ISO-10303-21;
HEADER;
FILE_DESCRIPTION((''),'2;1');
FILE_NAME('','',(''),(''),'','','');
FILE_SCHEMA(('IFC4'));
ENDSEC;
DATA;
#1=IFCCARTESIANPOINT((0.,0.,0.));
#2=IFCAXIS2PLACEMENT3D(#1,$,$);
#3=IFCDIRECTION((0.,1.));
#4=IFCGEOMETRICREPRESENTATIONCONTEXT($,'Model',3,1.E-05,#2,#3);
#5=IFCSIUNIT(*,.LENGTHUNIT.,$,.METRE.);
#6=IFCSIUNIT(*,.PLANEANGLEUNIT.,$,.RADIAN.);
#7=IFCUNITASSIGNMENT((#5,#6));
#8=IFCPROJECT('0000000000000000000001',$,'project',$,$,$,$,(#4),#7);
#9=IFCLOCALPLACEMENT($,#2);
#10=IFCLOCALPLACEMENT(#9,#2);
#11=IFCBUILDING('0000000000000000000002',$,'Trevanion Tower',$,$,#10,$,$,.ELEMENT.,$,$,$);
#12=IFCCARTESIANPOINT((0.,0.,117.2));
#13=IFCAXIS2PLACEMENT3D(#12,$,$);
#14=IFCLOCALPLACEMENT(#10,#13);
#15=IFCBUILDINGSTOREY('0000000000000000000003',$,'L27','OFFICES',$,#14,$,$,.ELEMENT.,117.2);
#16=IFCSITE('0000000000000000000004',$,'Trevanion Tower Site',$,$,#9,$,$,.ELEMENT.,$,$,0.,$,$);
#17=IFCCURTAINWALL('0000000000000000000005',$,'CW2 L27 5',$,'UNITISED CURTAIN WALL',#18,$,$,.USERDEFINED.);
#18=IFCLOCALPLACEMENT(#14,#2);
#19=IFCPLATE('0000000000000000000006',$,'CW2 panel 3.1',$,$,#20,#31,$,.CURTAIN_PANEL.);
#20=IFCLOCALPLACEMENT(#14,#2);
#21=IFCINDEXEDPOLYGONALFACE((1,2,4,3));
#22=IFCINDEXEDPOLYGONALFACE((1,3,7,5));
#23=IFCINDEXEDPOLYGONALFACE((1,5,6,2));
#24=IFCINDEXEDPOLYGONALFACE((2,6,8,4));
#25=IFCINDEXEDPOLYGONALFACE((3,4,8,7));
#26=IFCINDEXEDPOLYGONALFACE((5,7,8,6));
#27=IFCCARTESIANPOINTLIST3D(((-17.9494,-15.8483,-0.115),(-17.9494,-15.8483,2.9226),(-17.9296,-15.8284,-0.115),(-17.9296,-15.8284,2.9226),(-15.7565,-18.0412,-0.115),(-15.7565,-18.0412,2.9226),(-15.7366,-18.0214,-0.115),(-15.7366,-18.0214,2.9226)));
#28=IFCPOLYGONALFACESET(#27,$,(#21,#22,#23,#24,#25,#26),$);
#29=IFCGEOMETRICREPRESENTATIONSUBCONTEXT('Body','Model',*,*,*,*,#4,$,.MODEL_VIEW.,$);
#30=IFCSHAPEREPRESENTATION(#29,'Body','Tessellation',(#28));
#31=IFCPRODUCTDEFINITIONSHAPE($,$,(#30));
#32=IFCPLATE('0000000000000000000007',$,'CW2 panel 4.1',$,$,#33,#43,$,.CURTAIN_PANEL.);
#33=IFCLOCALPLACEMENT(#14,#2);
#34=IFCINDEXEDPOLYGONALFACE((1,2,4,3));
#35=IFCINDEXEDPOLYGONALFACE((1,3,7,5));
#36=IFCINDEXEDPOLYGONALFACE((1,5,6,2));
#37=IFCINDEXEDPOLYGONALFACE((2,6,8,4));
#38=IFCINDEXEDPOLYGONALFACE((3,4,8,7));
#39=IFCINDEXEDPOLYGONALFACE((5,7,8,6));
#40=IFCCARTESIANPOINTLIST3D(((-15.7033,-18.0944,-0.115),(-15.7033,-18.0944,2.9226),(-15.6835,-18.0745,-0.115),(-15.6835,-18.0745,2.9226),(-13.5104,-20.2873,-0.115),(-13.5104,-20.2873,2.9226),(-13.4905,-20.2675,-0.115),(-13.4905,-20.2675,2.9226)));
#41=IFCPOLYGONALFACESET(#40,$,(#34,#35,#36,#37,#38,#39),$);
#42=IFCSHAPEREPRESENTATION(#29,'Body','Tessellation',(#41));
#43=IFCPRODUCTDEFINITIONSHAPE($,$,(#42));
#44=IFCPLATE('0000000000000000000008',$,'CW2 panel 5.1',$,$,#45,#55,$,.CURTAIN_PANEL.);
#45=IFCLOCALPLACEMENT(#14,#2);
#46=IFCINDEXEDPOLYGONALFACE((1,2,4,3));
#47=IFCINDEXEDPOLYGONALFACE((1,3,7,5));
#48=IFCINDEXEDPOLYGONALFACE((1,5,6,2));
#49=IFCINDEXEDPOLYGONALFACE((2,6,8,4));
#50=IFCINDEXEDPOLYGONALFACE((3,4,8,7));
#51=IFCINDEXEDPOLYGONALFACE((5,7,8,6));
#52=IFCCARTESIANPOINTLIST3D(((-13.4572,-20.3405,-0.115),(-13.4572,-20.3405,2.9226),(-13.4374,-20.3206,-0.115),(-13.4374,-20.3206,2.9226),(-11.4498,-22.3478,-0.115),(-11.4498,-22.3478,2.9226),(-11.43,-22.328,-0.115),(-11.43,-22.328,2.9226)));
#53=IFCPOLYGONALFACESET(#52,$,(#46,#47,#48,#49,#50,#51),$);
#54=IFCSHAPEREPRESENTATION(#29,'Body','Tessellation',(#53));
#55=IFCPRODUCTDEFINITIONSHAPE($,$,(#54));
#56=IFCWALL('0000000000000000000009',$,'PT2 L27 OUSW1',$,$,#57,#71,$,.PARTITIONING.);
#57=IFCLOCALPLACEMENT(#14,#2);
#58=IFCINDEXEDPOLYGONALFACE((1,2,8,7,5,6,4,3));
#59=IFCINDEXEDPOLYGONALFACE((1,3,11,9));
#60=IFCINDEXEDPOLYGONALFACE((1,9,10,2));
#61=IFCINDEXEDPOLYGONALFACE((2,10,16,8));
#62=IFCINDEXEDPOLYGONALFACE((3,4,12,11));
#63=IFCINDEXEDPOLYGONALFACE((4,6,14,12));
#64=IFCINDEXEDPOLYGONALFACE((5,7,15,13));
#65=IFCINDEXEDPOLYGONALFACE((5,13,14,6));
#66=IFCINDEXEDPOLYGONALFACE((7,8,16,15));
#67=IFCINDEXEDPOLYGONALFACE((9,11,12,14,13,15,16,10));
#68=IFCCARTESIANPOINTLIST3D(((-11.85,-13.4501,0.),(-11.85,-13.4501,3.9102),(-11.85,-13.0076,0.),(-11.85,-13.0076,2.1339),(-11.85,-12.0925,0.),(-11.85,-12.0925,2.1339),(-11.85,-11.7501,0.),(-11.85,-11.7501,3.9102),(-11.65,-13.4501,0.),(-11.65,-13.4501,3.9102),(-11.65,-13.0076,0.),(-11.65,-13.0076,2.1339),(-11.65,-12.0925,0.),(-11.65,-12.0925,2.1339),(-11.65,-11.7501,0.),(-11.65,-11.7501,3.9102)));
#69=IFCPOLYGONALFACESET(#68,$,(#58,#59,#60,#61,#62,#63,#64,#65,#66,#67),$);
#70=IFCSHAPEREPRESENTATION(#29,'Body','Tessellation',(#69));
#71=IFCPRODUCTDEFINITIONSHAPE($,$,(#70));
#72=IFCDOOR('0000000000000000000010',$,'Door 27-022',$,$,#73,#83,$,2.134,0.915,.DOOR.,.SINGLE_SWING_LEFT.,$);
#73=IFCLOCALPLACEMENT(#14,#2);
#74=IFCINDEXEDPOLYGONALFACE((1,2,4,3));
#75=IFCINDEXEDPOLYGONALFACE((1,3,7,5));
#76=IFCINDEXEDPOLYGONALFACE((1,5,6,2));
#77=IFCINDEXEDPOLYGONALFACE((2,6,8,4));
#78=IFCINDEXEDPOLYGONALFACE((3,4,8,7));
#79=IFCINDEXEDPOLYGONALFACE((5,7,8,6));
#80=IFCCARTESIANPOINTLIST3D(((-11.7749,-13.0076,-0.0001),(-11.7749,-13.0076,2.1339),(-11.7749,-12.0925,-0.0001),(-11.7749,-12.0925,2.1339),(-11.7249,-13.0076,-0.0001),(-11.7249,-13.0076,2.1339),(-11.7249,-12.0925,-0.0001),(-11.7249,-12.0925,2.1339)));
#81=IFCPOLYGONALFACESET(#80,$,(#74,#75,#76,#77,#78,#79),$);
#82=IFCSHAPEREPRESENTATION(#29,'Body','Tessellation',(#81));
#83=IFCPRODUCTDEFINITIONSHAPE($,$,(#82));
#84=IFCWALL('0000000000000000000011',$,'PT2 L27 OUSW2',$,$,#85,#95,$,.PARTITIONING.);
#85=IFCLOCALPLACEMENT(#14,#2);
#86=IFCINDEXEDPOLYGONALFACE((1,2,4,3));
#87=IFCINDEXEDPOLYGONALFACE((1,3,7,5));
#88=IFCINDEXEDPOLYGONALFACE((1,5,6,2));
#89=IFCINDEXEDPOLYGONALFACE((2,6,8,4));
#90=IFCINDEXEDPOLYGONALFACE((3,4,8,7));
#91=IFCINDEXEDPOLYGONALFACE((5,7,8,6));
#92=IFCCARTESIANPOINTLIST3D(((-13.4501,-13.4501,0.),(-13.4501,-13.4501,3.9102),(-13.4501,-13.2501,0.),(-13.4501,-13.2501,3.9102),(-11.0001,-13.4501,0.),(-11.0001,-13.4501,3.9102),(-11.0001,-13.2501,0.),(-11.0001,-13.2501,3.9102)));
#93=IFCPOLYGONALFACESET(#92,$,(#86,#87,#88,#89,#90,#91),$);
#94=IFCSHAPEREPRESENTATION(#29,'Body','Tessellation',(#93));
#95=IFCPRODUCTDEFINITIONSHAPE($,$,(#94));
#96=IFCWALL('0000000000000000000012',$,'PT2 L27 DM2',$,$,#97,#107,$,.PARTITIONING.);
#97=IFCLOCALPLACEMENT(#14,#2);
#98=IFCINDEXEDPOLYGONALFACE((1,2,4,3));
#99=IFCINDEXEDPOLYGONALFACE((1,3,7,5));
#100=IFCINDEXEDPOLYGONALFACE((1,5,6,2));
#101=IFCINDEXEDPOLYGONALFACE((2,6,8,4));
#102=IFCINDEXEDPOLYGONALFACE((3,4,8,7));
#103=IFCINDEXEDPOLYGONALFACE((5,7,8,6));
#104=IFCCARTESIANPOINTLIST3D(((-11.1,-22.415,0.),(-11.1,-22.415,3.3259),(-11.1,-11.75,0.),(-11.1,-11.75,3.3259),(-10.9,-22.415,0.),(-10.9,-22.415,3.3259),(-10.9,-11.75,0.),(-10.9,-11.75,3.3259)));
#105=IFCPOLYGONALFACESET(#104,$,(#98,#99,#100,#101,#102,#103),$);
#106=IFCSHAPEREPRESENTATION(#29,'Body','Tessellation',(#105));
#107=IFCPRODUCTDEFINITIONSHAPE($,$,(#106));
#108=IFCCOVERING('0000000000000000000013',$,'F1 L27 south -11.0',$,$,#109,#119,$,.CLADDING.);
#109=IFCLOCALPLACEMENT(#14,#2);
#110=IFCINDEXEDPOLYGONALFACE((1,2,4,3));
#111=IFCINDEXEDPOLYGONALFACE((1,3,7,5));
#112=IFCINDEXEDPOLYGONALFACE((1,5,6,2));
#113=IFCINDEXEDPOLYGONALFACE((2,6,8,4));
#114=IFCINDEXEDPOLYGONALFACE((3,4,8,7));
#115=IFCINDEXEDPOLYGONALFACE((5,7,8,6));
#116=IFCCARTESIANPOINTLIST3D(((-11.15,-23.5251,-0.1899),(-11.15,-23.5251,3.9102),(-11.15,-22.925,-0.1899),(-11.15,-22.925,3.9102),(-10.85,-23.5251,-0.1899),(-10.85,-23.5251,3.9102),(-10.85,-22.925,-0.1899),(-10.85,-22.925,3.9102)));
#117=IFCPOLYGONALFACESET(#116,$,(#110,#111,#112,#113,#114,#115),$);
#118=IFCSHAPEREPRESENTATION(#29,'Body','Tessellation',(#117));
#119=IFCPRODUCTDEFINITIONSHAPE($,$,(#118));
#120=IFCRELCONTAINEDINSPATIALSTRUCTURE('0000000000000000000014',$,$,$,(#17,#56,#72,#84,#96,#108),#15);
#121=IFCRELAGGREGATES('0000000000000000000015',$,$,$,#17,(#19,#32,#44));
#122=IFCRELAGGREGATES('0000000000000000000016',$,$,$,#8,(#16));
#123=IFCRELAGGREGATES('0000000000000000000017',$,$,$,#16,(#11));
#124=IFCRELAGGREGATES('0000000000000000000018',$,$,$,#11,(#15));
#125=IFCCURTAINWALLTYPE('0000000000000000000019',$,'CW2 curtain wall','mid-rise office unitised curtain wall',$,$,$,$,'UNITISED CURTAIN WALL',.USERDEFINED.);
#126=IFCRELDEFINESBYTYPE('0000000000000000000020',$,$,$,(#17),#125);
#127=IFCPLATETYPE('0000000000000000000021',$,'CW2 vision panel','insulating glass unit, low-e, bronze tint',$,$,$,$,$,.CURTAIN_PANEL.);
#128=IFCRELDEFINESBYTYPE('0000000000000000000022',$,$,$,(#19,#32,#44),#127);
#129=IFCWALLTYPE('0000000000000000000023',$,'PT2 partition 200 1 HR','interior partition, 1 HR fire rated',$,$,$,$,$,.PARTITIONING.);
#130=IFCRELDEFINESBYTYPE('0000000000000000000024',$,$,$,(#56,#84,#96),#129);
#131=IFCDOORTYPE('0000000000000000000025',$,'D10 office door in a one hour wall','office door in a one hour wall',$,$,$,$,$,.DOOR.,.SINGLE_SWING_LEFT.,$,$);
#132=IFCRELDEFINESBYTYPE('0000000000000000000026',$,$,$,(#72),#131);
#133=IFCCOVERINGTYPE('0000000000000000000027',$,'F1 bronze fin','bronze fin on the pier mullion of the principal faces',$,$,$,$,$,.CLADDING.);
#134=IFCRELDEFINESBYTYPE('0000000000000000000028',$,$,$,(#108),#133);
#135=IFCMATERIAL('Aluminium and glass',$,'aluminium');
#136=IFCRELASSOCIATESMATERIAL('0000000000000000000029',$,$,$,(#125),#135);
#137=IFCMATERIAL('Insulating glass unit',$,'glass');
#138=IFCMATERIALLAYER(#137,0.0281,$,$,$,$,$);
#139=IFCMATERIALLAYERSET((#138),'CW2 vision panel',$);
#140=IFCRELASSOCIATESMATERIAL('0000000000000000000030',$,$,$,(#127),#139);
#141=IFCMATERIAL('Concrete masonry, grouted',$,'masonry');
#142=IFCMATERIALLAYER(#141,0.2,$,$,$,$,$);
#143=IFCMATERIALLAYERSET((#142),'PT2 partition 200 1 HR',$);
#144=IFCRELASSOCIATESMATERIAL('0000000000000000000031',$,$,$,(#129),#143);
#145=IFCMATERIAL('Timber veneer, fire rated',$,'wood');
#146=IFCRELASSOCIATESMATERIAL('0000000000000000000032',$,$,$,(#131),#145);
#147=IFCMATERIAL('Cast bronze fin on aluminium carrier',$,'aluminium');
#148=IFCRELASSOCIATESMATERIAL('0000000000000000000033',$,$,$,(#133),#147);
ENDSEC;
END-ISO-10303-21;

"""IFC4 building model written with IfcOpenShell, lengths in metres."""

from ifc_helpers import new_model, si_unit, direction, frame, frame_2d, origin, origin_2d, place, context, subcontext, project, spatial, rectangle, extrude, material, layer, layer_set, type_object, element, fill, aggregate, save


model = new_model("IFC4")

# Units and contexts
model_context = context("Model", 3, precision=1e-05, world=origin(), true_north=direction((0.0, 1.0)))
body_context = subcontext(model_context, "Body", "Model", "MODEL_VIEW")
ifc_project = project(units=[si_unit("LENGTHUNIT", "METRE"), si_unit("PLANEANGLEUNIT", "RADIAN")], contexts=[model_context])

# Site, building, storey
site_placement = place(None, origin())
site = spatial("IfcSite", under=ifc_project, at=site_placement, Name="Trevanion Tower Site", CompositionType="ELEMENT", RefElevation=0.0)
building_placement = place(site_placement, origin())
building = spatial("IfcBuilding", under=site, at=building_placement, Name="Trevanion Tower", CompositionType="ELEMENT")
storey_placement = place(building_placement, frame((0.0, 0.0, 117.2)))
storey = spatial("IfcBuildingStorey", under=building, at=storey_placement, Name="L27", Description="OFFICES", CompositionType="ELEMENT", Elevation=117.2)

# Curtain wall
ifc_material_1 = material(Name="Aluminium and glass", Category="aluminium")
curtain_wall_type = type_object("IfcCurtainWallType", Name="CW2 curtain wall", Description="mid-rise office unitised curtain wall", ElementType="UNITISED CURTAIN WALL", PredefinedType="USERDEFINED", material=ifc_material_1)
curtain_wall_placement = place(storey_placement, origin())
curtain_wall = element("IfcCurtainWall", 1, at=curtain_wall_placement, inside=storey, type_object=curtain_wall_type, Name="CW2 L27 5", ObjectType="UNITISED CURTAIN WALL", PredefinedType="USERDEFINED")

# Plates
ifc_material_2 = material(Name="Insulating glass unit", Category="glass")
ifc_layer_1 = layer(ifc_material_2, 0.0281)
ifc_layer_set_1 = layer_set([ifc_layer_1], Name="CW2 vision panel")
plate_type_1 = type_object("IfcPlateType", Name="CW2 vision panel", Description="insulating glass unit, low-e, bronze tint", PredefinedType="CURTAIN_PANEL", material=ifc_layer_set_1)
plate_1_placement = place(storey_placement, frame((-16.843, -16.9348, -0.115), z_axis=(0.0, 0.0, 1.0), x_axis=(0.707107, -0.707107, 0.0)))
plate_1 = element("IfcPlate", 2, at=plate_1_placement, type_object=plate_type_1, Name="CW2 panel 3.1", PredefinedType="CURTAIN_PANEL", context=body_context, shape_type="SweptSolid", body=[
    extrude(rectangle(XDim=3.1013, YDim=0.0281, at=origin_2d()), origin(), (0.0, 0.0, 1.0), 3.0376),
])
plate_2_placement = place(storey_placement, frame((-14.5969, -19.1809, -0.115), z_axis=(0.0, 0.0, 1.0), x_axis=(0.707107, -0.707107, 0.0)))
plate_2 = element("IfcPlate", 3, at=plate_2_placement, type_object=plate_type_1, Name="CW2 panel 4.1", PredefinedType="CURTAIN_PANEL", context=body_context, shape_type="SweptSolid", body=[
    extrude(rectangle(XDim=3.1013, YDim=0.0281, at=origin_2d()), origin(), (0.0, 0.0, 1.0), 3.0376),
])
plate_3_placement = place(storey_placement, frame((-12.4436, -21.3342, -0.115), z_axis=(0.0, 0.0, 1.0), x_axis=(0.707107, -0.707107, 0.0)))
plate_3 = element("IfcPlate", 4, at=plate_3_placement, type_object=plate_type_1, Name="CW2 panel 5.1", PredefinedType="CURTAIN_PANEL", context=body_context, shape_type="SweptSolid", body=[
    extrude(rectangle(XDim=2.8389, YDim=0.0281, at=origin_2d()), origin(), (0.0, 0.0, 1.0), 3.0376),
])
aggregate(curtain_wall, [plate_1, plate_2, plate_3])

# Wall, opening, door
ifc_material_3 = material(Name="Concrete masonry, grouted", Category="masonry")
ifc_layer_2 = layer(ifc_material_3, 0.2)
ifc_layer_set_2 = layer_set([ifc_layer_2], Name="PT2 partition 200 1 HR")
wall_type = type_object("IfcWallType", Name="PT2 partition 200 1 HR", Description="interior partition, 1 HR fire rated", PredefinedType="PARTITIONING", material=ifc_layer_set_2)
wall_1_placement = place(storey_placement, frame((-11.75, -11.75, 0.0), z_axis=(0.0, 0.0, 1.0), x_axis=(0.0, -1.0, 0.0)))
wall_1 = element("IfcWall", 5, at=wall_1_placement, inside=storey, type_object=wall_type, Name="PT2 L27 OUSW1", PredefinedType="PARTITIONING", context=body_context, shape_type="SweptSolid", body=[
    extrude(rectangle(XDim=1.7, YDim=0.2, at=frame_2d((0.8501, 0.0))), origin(), (0.0, 0.0, 1.0), 3.9102),
])
opening_placement = place(wall_1_placement, frame((0.3425, 0.0, 0.0)))
opening = element("IfcOpeningElement", 6, at=opening_placement, cuts=wall_1, PredefinedType="OPENING", context=body_context, shape_type="SweptSolid", body=[
    extrude(rectangle(XDim=0.915, YDim=2.134, at=frame_2d((0.4575, 1.0669))), frame((0.0, 0.1099, 0.0), z_axis=(0.0, -1.0, 0.0), x_axis=(1.0, 0.0, 0.0)), (0.0, 0.0, 1.0), 0.22),
])
ifc_material_4 = material(Name="Timber veneer, fire rated", Category="wood")
door_type = type_object("IfcDoorType", Name="D10 office door in a one hour wall", Description="office door in a one hour wall", OperationType="SINGLE_SWING_LEFT", PredefinedType="DOOR", material=ifc_material_4)
door_placement = place(opening_placement, frame((0.915, 0.0, 0.0), z_axis=(0.0, 0.0, 1.0), x_axis=(-1.0, 0.0, 0.0)))
door = element("IfcDoor", 7, at=door_placement, inside=storey, type_object=door_type, Name="Door 27-022", OperationType="SINGLE_SWING_LEFT", OverallHeight=2.134, OverallWidth=0.915, PredefinedType="DOOR", context=body_context, shape_type="SweptSolid", body=[
    extrude(rectangle(XDim=0.915, YDim=2.134, at=frame_2d((0.4575, 1.0669))), frame((0.0, 0.0249, 0.0), z_axis=(0.0, -1.0, 0.0), x_axis=(1.0, 0.0, 0.0)), (0.0, 0.0, 1.0), 0.05),
])
fill(opening, door)

# Walls
wall_2_placement = place(storey_placement, frame((-11.0, -13.3501, 0.0), z_axis=(0.0, 0.0, 1.0), x_axis=(-1.0, 0.0, 0.0)))
element("IfcWall", 8, at=wall_2_placement, inside=storey, type_object=wall_type, Name="PT2 L27 OUSW2", PredefinedType="PARTITIONING", context=body_context, shape_type="SweptSolid", body=[
    extrude(rectangle(XDim=2.45, YDim=0.2, at=frame_2d((1.2251, 0.0))), origin(), (0.0, 0.0, 1.0), 3.9102),
])
wall_3_placement = place(storey_placement, frame((-11.0, -11.75, 0.0), z_axis=(0.0, 0.0, 1.0), x_axis=(0.0, -1.0, 0.0)))
element("IfcWall", 9, at=wall_3_placement, inside=storey, type_object=wall_type, Name="PT2 L27 DM2", PredefinedType="PARTITIONING", context=body_context, shape_type="SweptSolid", body=[
    extrude(rectangle(XDim=10.665, YDim=0.2, at=frame_2d((5.3325, 0.0))), origin(), (0.0, 0.0, 1.0), 3.3259),
])

# Covering
ifc_material_5 = material(Name="Cast bronze fin on aluminium carrier", Category="aluminium")
covering_type = type_object("IfcCoveringType", Name="F1 bronze fin", Description="bronze fin on the pier mullion of the principal faces", PredefinedType="CLADDING", material=ifc_material_5)
covering_placement = place(storey_placement, frame((-11.0, -23.2251, -0.1899), z_axis=(0.0, 0.0, 1.0), x_axis=(1.0, 0.0, 0.0)))
element("IfcCovering", 10, at=covering_placement, inside=storey, type_object=covering_type, Name="F1 L27 south -11.0", PredefinedType="CLADDING", context=body_context, shape_type="SweptSolid", body=[
    extrude(rectangle(XDim=0.3, YDim=0.6001, at=origin_2d()), origin(), (0.0, 0.0, 1.0), 4.1001),
])

save(model, "model.ifc")
